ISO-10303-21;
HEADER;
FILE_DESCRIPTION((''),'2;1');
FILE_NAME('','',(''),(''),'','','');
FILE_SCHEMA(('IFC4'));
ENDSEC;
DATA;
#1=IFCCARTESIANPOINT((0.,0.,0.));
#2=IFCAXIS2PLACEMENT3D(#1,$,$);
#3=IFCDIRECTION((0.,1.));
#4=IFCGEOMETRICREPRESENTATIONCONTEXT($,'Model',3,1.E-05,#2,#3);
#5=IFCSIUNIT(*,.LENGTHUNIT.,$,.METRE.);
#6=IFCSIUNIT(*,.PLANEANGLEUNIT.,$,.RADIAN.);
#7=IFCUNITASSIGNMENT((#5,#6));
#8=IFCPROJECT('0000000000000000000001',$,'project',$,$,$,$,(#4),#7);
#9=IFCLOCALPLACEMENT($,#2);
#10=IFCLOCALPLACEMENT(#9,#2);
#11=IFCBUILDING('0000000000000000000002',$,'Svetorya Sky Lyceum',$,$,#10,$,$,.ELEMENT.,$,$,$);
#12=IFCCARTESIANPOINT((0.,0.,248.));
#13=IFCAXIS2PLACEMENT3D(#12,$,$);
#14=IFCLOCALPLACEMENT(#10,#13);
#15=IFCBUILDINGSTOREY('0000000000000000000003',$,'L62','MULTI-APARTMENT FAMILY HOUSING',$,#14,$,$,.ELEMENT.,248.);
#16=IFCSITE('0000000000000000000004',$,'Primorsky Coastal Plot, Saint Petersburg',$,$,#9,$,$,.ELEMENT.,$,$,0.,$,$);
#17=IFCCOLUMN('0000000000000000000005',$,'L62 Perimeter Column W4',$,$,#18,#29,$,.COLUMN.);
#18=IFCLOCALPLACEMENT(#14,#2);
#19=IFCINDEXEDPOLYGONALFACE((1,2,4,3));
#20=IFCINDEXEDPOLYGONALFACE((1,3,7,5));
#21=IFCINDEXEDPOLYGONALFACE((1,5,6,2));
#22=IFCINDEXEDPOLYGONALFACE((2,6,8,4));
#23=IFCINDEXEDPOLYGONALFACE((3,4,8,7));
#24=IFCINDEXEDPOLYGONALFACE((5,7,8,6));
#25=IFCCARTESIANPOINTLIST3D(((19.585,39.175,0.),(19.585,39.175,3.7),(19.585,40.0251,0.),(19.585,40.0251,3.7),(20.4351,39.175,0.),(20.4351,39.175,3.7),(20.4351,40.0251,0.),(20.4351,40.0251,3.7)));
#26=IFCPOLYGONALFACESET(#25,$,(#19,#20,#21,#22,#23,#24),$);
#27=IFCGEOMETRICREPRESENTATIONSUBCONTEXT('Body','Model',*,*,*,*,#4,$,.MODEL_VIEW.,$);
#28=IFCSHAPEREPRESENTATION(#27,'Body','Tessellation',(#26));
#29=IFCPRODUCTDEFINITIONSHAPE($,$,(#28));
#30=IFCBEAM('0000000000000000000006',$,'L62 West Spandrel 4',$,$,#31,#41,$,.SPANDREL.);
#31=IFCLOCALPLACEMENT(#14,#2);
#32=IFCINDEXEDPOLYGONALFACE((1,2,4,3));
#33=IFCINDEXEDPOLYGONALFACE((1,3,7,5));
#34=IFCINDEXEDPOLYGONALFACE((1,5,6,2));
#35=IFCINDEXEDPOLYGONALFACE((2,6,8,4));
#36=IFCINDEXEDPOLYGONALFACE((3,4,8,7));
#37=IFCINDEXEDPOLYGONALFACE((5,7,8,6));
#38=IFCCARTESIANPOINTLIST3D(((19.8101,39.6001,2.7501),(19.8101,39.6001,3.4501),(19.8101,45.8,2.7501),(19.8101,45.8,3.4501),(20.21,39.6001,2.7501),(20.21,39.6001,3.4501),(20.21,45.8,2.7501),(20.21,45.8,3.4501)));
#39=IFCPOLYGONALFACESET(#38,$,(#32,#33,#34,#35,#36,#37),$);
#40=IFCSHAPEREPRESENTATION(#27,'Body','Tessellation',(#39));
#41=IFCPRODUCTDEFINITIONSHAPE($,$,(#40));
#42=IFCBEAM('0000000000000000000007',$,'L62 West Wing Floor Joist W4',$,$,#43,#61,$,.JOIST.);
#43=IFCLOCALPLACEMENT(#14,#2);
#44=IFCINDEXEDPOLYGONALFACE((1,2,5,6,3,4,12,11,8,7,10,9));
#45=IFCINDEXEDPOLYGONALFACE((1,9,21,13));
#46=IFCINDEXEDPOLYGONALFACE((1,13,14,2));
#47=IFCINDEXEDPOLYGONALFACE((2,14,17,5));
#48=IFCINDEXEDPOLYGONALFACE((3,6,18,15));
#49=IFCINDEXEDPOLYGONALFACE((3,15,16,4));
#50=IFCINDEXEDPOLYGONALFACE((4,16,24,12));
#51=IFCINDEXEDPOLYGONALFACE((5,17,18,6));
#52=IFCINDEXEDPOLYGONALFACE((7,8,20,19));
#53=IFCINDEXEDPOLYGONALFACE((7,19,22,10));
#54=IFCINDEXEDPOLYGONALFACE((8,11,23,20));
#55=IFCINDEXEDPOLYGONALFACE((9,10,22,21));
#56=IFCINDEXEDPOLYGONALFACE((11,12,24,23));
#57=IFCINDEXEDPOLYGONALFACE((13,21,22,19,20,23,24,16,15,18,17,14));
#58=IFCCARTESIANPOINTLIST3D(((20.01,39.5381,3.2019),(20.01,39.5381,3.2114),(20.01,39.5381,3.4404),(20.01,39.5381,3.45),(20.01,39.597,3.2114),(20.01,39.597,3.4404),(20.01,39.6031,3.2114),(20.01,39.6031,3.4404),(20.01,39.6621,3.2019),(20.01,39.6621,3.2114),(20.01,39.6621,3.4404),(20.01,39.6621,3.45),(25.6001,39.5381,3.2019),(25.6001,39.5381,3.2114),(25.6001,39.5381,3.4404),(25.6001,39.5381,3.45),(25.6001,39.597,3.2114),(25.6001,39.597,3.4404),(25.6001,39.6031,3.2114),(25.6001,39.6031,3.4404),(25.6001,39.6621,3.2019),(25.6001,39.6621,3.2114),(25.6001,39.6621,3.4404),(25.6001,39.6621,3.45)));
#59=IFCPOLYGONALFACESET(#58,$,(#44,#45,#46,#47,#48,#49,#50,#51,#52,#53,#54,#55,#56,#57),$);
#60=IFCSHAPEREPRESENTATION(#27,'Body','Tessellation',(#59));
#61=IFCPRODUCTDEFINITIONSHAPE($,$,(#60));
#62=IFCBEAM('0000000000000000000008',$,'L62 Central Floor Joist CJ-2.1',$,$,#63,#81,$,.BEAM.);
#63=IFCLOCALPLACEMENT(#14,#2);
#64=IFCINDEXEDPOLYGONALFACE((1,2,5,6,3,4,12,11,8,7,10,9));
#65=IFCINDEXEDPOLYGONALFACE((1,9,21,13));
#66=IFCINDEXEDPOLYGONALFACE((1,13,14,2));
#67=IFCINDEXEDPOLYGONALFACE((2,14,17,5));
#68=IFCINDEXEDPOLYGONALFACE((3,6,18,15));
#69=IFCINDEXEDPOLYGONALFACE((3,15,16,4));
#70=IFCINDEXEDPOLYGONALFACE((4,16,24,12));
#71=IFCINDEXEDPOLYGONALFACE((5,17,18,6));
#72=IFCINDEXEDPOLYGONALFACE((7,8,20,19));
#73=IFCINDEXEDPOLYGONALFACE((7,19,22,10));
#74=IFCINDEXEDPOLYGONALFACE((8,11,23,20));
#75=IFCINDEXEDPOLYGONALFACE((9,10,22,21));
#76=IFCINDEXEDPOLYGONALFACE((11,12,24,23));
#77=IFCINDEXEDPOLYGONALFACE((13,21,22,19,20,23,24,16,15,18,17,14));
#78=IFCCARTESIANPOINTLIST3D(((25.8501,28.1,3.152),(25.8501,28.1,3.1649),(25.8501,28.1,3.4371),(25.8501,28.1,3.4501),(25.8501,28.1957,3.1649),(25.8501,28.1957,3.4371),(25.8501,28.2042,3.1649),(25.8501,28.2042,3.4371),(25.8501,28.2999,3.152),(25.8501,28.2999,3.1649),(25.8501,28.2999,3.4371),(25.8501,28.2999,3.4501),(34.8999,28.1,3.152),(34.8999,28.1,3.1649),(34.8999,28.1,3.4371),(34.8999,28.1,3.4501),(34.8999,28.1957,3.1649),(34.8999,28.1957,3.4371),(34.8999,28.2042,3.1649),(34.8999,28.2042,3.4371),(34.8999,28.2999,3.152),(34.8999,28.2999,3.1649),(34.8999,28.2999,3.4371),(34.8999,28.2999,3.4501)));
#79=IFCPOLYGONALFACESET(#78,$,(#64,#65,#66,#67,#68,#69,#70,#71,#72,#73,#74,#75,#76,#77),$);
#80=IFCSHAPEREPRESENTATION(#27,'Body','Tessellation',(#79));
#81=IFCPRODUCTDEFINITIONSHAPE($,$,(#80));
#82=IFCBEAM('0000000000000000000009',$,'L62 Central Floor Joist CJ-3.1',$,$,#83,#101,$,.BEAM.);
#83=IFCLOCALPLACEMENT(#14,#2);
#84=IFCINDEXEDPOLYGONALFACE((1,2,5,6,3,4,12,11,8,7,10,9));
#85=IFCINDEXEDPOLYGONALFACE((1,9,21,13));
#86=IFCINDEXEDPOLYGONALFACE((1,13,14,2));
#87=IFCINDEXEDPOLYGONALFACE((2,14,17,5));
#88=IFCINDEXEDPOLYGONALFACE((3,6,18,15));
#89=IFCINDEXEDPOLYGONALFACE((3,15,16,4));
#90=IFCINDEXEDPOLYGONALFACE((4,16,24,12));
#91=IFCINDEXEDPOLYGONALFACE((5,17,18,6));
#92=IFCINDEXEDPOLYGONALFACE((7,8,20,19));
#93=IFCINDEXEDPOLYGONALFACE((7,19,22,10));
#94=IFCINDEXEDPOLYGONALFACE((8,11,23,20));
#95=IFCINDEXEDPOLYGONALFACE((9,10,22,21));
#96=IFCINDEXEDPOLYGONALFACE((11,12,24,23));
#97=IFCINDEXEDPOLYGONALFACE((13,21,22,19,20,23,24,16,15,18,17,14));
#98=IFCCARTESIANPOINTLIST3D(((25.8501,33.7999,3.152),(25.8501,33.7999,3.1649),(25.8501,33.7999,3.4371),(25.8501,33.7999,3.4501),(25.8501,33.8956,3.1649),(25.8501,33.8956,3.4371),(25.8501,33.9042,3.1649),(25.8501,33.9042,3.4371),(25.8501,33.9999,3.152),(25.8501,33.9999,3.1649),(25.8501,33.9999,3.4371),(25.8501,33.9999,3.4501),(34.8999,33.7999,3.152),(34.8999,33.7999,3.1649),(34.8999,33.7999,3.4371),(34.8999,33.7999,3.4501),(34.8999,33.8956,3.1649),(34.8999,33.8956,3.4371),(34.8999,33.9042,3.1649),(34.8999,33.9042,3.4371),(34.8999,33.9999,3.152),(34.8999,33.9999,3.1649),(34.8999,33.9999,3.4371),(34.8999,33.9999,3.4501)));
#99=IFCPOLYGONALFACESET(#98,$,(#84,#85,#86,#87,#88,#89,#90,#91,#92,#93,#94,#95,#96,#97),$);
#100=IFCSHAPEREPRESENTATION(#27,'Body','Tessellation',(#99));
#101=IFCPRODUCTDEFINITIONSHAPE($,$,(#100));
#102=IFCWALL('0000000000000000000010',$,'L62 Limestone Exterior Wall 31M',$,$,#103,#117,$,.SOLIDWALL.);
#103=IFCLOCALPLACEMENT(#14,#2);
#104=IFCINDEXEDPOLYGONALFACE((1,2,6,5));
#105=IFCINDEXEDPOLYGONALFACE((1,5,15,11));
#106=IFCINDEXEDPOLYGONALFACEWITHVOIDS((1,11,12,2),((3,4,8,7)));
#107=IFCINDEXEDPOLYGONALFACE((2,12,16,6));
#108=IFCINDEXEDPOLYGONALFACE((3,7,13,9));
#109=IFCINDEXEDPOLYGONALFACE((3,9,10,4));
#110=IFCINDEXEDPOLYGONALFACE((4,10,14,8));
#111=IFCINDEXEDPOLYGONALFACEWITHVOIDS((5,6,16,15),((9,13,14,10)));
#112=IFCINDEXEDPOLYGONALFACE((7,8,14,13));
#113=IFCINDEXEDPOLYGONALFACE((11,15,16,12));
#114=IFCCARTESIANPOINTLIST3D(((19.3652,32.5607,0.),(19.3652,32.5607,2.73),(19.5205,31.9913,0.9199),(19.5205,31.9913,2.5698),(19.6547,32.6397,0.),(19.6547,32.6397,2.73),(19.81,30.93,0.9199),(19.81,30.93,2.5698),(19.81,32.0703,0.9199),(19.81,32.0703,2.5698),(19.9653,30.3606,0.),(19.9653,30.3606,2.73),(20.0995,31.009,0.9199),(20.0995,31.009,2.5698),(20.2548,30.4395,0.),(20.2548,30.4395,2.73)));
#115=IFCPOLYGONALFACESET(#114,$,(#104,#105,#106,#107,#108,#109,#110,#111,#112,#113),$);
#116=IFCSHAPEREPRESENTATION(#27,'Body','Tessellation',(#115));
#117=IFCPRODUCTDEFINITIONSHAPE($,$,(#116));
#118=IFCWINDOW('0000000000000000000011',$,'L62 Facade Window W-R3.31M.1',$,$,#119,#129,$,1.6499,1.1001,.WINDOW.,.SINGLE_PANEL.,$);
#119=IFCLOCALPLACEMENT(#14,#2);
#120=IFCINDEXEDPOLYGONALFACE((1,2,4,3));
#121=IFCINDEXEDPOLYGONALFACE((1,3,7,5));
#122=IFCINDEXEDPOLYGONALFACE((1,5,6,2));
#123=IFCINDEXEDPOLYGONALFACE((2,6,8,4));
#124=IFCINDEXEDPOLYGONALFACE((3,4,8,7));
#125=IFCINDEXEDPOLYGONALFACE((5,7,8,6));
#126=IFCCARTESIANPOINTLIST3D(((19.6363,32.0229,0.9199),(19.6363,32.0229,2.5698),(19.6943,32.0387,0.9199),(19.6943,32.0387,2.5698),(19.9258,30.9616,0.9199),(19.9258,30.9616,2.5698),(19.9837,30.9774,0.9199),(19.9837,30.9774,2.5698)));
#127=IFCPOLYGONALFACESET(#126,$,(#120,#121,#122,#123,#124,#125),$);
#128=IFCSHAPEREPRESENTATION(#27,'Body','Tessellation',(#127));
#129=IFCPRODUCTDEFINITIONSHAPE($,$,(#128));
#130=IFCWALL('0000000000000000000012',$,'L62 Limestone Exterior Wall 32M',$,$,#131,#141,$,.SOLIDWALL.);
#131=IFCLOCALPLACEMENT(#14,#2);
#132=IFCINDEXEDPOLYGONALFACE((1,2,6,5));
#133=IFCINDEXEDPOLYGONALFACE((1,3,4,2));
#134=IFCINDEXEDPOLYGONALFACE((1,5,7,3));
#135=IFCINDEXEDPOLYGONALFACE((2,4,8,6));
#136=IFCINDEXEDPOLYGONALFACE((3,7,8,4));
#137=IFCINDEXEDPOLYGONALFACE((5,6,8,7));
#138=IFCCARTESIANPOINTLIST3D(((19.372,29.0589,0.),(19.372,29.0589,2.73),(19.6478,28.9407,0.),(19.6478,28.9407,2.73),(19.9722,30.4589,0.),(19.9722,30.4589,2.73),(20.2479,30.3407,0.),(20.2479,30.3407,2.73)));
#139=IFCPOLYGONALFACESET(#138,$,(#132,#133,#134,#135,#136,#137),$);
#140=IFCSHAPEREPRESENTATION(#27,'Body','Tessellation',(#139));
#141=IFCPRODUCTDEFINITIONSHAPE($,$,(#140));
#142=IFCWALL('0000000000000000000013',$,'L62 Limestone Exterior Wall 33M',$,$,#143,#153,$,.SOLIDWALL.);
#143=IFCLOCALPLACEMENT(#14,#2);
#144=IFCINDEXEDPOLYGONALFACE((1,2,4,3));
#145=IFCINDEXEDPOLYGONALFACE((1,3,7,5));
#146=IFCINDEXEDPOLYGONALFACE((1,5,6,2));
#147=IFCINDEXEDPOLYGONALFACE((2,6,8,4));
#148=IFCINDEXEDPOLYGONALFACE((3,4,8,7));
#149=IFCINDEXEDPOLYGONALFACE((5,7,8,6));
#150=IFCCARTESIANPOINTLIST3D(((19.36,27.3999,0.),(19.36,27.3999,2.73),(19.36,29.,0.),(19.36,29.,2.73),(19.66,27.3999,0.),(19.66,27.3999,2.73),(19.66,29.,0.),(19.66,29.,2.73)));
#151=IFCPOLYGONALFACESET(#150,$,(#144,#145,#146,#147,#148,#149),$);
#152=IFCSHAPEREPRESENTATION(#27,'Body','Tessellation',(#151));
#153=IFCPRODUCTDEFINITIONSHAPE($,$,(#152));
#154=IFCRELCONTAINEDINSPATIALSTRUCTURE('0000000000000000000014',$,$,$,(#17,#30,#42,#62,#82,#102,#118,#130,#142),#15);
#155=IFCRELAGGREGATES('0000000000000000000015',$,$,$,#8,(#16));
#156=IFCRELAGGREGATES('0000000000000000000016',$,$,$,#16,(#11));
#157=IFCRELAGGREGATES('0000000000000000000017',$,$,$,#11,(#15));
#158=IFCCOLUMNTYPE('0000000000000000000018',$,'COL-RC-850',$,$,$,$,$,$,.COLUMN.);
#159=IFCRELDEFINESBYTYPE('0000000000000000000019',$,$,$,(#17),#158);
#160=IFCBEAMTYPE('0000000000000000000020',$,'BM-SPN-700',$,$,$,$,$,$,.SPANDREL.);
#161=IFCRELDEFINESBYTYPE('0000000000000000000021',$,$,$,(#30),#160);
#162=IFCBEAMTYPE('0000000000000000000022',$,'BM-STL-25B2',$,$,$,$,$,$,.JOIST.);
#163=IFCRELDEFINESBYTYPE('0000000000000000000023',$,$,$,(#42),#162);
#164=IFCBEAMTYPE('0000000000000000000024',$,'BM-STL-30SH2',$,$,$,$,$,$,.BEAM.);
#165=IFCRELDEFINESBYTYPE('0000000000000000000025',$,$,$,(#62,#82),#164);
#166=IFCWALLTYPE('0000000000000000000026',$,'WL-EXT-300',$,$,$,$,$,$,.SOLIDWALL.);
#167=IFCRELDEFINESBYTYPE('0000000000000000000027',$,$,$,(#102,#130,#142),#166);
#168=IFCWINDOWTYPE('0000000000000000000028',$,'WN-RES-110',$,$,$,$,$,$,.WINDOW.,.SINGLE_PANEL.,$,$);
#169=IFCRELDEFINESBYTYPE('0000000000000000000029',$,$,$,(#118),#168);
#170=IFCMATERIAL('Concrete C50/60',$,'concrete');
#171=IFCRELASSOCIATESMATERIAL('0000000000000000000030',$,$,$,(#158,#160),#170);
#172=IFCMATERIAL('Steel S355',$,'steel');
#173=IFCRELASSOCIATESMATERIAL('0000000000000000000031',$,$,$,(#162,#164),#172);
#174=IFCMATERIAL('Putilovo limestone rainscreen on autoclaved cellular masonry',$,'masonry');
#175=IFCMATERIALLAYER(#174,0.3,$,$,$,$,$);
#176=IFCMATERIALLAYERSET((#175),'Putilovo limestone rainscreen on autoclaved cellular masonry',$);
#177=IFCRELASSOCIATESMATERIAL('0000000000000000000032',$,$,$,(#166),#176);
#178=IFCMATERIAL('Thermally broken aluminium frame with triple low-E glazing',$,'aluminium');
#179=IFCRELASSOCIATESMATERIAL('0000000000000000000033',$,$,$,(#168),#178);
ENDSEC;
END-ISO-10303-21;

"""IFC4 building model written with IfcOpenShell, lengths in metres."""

from ifc_helpers import new_model, si_unit, direction, frame, frame_2d, origin, origin_2d, place, context, subcontext, project, spatial, rectangle, i_section, extrude, material, layer, layer_set, material_profile, profile_set, type_object, element, fill, save


model = new_model("IFC4")

# Units and contexts
model_context = context("Model", 3, precision=1e-05, world=origin(), true_north=direction((0.0, 1.0)))
body_context = subcontext(model_context, "Body", "Model", "MODEL_VIEW")
ifc_project = project(units=[si_unit("LENGTHUNIT", "METRE"), si_unit("PLANEANGLEUNIT", "RADIAN")], contexts=[model_context])

# Site, building, storey
site_placement = place(None, origin())
site = spatial("IfcSite", under=ifc_project, at=site_placement, Name="Primorsky Coastal Plot, Saint Petersburg", CompositionType="ELEMENT", RefElevation=0.0)
building_placement = place(site_placement, origin())
building = spatial("IfcBuilding", under=site, at=building_placement, Name="Svetorya Sky Lyceum", CompositionType="ELEMENT")
storey_placement = place(building_placement, frame((0.0, 0.0, 248.0)))
storey = spatial("IfcBuildingStorey", under=building, at=storey_placement, Name="L62", Description="MULTI-APARTMENT FAMILY HOUSING", CompositionType="ELEMENT", Elevation=248.0)

# Column
ifc_material_1 = material(Name="Concrete C50/60", Category="concrete")
ifc_material_profile_1 = material_profile(ifc_material_1, rectangle(XDim=0.8501, YDim=0.8501, at=origin_2d()), Name="RC COL 850x850")
ifc_profile_set_1 = profile_set([ifc_material_profile_1], Name="Concrete C50/60")
column_type = type_object("IfcColumnType", Name="COL-RC-850", PredefinedType="COLUMN", material=ifc_profile_set_1)
column_placement = place(storey_placement, frame((20.01, 39.6001, 0.0), z_axis=(0.0, 0.0, 1.0), x_axis=(1.0, 0.0, 0.0)))
element("IfcColumn", 1, at=column_placement, inside=storey, type_object=column_type, Name="L62 Perimeter Column W4", PredefinedType="COLUMN", context=body_context, shape_type="SweptSolid", body=[
    extrude(rectangle(XDim=0.8501, YDim=0.8501, at=origin_2d()), origin(), (0.0, 0.0, 1.0), 3.7),
])

# Beams
ifc_material_profile_2 = material_profile(ifc_material_1, rectangle(XDim=0.3999, YDim=0.7, at=origin_2d()), Name="RC SPANDREL 400x700")
ifc_profile_set_2 = profile_set([ifc_material_profile_2], Name="Concrete C50/60")
beam_type_1 = type_object("IfcBeamType", Name="BM-SPN-700", PredefinedType="SPANDREL", material=ifc_profile_set_2)
beam_1_placement = place(storey_placement, frame((20.01, 39.6001, 3.1001), z_axis=(0.0, 1.0, 0.0), x_axis=(-1.0, 0.0, 0.0)))
element("IfcBeam", 2, at=beam_1_placement, inside=storey, type_object=beam_type_1, Name="L62 West Spandrel 4", PredefinedType="SPANDREL", context=body_context, shape_type="SweptSolid", body=[
    extrude(rectangle(XDim=0.3999, YDim=0.7, at=origin_2d()), origin(), (0.0, 0.0, 1.0), 6.2),
])
ifc_material_2 = material(Name="Steel S355", Category="steel")
ifc_material_profile_3 = material_profile(ifc_material_2, i_section(OverallWidth=0.124, OverallDepth=0.248, WebThickness=0.0061, FlangeThickness=0.0095, at=origin_2d()), Name="GOST 25B2")
ifc_profile_set_3 = profile_set([ifc_material_profile_3], Name="Steel S355")
beam_type_2 = type_object("IfcBeamType", Name="BM-STL-25B2", PredefinedType="JOIST", material=ifc_profile_set_3)
beam_2_placement = place(storey_placement, frame((20.01, 39.6001, 3.3259), z_axis=(1.0, 0.0, 0.0), x_axis=(0.0, 1.0, 0.0)))
element("IfcBeam", 3, at=beam_2_placement, inside=storey, type_object=beam_type_2, Name="L62 West Wing Floor Joist W4", PredefinedType="JOIST", context=body_context, shape_type="SweptSolid", body=[
    extrude(i_section(OverallWidth=0.124, OverallDepth=0.248, WebThickness=0.0061, FlangeThickness=0.0095, at=origin_2d()), origin(), (0.0, 0.0, 1.0), 5.5901),
])
ifc_material_profile_4 = material_profile(ifc_material_2, i_section(OverallWidth=0.2, OverallDepth=0.2981, WebThickness=0.0085, FlangeThickness=0.0129, at=origin_2d()), Name="GOST 30Sh2")
ifc_profile_set_4 = profile_set([ifc_material_profile_4], Name="Steel S355")
beam_type_3 = type_object("IfcBeamType", Name="BM-STL-30SH2", PredefinedType="BEAM", material=ifc_profile_set_4)
for number, where, z_axis, x_axis, name in (
    (4, (25.8501, 28.2, 3.301), (1.0, 0.0, 0.0), (0.0, 1.0, 0.0), "L62 Central Floor Joist CJ-2.1"),
    (5, (25.8501, 33.8999, 3.301), (1.0, 0.0, 0.0), (0.0, 1.0, 0.0), "L62 Central Floor Joist CJ-3.1"),
):
    element("IfcBeam", number, at=place(storey_placement, frame(where, z_axis=z_axis, x_axis=x_axis)), inside=storey, type_object=beam_type_3, Name=name, PredefinedType="BEAM", context=body_context, shape_type="SweptSolid", body=[
        extrude(i_section(OverallWidth=0.2, OverallDepth=0.2981, WebThickness=0.0085, FlangeThickness=0.0129, at=origin_2d()), origin(), (0.0, 0.0, 1.0), 9.0498),
    ])

# Wall, opening, window
ifc_material_3 = material(Name="Putilovo limestone rainscreen on autoclaved cellular masonry", Category="masonry")
ifc_layer_1 = layer(ifc_material_3, 0.3)
ifc_layer_set_1 = layer_set([ifc_layer_1], Name="Putilovo limestone rainscreen on autoclaved cellular masonry")
wall_type_1 = type_object("IfcWallType", Name="WL-EXT-300", PredefinedType="SOLIDWALL", material=ifc_layer_set_1)
wall_1_placement = place(storey_placement, frame((19.51, 32.6001, 0.0), z_axis=(0.0, 0.0, 1.0), x_axis=(0.263136, -0.964759, 0.0)))
wall_1 = element("IfcWall", 6, at=wall_1_placement, inside=storey, type_object=wall_type_1, Name="L62 Limestone Exterior Wall 31M", PredefinedType="SOLIDWALL", context=body_context, shape_type="SweptSolid", body=[
    extrude(rectangle(XDim=2.2805, YDim=0.3, at=frame_2d((1.1401, 0.0))), origin(), (0.0, 0.0, 1.0), 2.73),
])
opening_1_placement = place(wall_1_placement, frame((0.5901, 0.0, 0.9199)))
opening_1 = element("IfcOpeningElement", 7, at=opening_1_placement, cuts=wall_1, PredefinedType="OPENING", context=body_context, shape_type="SweptSolid", body=[
    extrude(rectangle(XDim=1.1001, YDim=1.6499, at=frame_2d((0.55, 0.825))), frame((0.0, 0.1599, 0.0), z_axis=(0.0, -1.0, 0.0), x_axis=(1.0, 0.0, 0.0)), (0.0, 0.0, 1.0), 0.3201),
])
ifc_material_4 = material(Name="Thermally broken aluminium frame with triple low-E glazing", Category="aluminium")
window_type = type_object("IfcWindowType", Name="WN-RES-110", PartitioningType="SINGLE_PANEL", PredefinedType="WINDOW", material=ifc_material_4)
window_placement = place(opening_1_placement, origin())
window = element("IfcWindow", 8, at=window_placement, inside=storey, type_object=window_type, Name="L62 Facade Window W-R3.31M.1", OverallHeight=1.6499, OverallWidth=1.1001, PartitioningType="SINGLE_PANEL", PredefinedType="WINDOW", context=body_context, shape_type="SweptSolid", body=[
    extrude(rectangle(XDim=1.1001, YDim=1.6499, at=frame_2d((0.55, 0.825))), frame((0.0, 0.03, 0.0), z_axis=(0.0, -1.0, 0.0), x_axis=(1.0, 0.0, 0.0)), (0.0, 0.0, 1.0), 0.0601),
])
fill(opening_1, window)

# Walls
wall_2_placement = place(storey_placement, frame((20.1101, 30.3999, 0.0), z_axis=(0.0, 0.0, 1.0), x_axis=(-0.393997, -0.919112, 0.0)))
element("IfcWall", 9, at=wall_2_placement, inside=storey, type_object=wall_type_1, Name="L62 Limestone Exterior Wall 32M", PredefinedType="SOLIDWALL", context=body_context, shape_type="SweptSolid", body=[
    extrude(rectangle(XDim=1.5232, YDim=0.3, at=frame_2d((0.7617, 0.0))), origin(), (0.0, 0.0, 1.0), 2.73),
])
wall_3_placement = place(storey_placement, frame((19.51, 29.0, 0.0), z_axis=(0.0, 0.0, 1.0), x_axis=(0.0, -1.0, 0.0)))
element("IfcWall", 10, at=wall_3_placement, inside=storey, type_object=wall_type_1, Name="L62 Limestone Exterior Wall 33M", PredefinedType="SOLIDWALL", context=body_context, shape_type="SweptSolid", body=[
    extrude(rectangle(XDim=1.6001, YDim=0.3, at=frame_2d((0.8, 0.0))), origin(), (0.0, 0.0, 1.0), 2.73),
])

save(model, "model.ifc")
